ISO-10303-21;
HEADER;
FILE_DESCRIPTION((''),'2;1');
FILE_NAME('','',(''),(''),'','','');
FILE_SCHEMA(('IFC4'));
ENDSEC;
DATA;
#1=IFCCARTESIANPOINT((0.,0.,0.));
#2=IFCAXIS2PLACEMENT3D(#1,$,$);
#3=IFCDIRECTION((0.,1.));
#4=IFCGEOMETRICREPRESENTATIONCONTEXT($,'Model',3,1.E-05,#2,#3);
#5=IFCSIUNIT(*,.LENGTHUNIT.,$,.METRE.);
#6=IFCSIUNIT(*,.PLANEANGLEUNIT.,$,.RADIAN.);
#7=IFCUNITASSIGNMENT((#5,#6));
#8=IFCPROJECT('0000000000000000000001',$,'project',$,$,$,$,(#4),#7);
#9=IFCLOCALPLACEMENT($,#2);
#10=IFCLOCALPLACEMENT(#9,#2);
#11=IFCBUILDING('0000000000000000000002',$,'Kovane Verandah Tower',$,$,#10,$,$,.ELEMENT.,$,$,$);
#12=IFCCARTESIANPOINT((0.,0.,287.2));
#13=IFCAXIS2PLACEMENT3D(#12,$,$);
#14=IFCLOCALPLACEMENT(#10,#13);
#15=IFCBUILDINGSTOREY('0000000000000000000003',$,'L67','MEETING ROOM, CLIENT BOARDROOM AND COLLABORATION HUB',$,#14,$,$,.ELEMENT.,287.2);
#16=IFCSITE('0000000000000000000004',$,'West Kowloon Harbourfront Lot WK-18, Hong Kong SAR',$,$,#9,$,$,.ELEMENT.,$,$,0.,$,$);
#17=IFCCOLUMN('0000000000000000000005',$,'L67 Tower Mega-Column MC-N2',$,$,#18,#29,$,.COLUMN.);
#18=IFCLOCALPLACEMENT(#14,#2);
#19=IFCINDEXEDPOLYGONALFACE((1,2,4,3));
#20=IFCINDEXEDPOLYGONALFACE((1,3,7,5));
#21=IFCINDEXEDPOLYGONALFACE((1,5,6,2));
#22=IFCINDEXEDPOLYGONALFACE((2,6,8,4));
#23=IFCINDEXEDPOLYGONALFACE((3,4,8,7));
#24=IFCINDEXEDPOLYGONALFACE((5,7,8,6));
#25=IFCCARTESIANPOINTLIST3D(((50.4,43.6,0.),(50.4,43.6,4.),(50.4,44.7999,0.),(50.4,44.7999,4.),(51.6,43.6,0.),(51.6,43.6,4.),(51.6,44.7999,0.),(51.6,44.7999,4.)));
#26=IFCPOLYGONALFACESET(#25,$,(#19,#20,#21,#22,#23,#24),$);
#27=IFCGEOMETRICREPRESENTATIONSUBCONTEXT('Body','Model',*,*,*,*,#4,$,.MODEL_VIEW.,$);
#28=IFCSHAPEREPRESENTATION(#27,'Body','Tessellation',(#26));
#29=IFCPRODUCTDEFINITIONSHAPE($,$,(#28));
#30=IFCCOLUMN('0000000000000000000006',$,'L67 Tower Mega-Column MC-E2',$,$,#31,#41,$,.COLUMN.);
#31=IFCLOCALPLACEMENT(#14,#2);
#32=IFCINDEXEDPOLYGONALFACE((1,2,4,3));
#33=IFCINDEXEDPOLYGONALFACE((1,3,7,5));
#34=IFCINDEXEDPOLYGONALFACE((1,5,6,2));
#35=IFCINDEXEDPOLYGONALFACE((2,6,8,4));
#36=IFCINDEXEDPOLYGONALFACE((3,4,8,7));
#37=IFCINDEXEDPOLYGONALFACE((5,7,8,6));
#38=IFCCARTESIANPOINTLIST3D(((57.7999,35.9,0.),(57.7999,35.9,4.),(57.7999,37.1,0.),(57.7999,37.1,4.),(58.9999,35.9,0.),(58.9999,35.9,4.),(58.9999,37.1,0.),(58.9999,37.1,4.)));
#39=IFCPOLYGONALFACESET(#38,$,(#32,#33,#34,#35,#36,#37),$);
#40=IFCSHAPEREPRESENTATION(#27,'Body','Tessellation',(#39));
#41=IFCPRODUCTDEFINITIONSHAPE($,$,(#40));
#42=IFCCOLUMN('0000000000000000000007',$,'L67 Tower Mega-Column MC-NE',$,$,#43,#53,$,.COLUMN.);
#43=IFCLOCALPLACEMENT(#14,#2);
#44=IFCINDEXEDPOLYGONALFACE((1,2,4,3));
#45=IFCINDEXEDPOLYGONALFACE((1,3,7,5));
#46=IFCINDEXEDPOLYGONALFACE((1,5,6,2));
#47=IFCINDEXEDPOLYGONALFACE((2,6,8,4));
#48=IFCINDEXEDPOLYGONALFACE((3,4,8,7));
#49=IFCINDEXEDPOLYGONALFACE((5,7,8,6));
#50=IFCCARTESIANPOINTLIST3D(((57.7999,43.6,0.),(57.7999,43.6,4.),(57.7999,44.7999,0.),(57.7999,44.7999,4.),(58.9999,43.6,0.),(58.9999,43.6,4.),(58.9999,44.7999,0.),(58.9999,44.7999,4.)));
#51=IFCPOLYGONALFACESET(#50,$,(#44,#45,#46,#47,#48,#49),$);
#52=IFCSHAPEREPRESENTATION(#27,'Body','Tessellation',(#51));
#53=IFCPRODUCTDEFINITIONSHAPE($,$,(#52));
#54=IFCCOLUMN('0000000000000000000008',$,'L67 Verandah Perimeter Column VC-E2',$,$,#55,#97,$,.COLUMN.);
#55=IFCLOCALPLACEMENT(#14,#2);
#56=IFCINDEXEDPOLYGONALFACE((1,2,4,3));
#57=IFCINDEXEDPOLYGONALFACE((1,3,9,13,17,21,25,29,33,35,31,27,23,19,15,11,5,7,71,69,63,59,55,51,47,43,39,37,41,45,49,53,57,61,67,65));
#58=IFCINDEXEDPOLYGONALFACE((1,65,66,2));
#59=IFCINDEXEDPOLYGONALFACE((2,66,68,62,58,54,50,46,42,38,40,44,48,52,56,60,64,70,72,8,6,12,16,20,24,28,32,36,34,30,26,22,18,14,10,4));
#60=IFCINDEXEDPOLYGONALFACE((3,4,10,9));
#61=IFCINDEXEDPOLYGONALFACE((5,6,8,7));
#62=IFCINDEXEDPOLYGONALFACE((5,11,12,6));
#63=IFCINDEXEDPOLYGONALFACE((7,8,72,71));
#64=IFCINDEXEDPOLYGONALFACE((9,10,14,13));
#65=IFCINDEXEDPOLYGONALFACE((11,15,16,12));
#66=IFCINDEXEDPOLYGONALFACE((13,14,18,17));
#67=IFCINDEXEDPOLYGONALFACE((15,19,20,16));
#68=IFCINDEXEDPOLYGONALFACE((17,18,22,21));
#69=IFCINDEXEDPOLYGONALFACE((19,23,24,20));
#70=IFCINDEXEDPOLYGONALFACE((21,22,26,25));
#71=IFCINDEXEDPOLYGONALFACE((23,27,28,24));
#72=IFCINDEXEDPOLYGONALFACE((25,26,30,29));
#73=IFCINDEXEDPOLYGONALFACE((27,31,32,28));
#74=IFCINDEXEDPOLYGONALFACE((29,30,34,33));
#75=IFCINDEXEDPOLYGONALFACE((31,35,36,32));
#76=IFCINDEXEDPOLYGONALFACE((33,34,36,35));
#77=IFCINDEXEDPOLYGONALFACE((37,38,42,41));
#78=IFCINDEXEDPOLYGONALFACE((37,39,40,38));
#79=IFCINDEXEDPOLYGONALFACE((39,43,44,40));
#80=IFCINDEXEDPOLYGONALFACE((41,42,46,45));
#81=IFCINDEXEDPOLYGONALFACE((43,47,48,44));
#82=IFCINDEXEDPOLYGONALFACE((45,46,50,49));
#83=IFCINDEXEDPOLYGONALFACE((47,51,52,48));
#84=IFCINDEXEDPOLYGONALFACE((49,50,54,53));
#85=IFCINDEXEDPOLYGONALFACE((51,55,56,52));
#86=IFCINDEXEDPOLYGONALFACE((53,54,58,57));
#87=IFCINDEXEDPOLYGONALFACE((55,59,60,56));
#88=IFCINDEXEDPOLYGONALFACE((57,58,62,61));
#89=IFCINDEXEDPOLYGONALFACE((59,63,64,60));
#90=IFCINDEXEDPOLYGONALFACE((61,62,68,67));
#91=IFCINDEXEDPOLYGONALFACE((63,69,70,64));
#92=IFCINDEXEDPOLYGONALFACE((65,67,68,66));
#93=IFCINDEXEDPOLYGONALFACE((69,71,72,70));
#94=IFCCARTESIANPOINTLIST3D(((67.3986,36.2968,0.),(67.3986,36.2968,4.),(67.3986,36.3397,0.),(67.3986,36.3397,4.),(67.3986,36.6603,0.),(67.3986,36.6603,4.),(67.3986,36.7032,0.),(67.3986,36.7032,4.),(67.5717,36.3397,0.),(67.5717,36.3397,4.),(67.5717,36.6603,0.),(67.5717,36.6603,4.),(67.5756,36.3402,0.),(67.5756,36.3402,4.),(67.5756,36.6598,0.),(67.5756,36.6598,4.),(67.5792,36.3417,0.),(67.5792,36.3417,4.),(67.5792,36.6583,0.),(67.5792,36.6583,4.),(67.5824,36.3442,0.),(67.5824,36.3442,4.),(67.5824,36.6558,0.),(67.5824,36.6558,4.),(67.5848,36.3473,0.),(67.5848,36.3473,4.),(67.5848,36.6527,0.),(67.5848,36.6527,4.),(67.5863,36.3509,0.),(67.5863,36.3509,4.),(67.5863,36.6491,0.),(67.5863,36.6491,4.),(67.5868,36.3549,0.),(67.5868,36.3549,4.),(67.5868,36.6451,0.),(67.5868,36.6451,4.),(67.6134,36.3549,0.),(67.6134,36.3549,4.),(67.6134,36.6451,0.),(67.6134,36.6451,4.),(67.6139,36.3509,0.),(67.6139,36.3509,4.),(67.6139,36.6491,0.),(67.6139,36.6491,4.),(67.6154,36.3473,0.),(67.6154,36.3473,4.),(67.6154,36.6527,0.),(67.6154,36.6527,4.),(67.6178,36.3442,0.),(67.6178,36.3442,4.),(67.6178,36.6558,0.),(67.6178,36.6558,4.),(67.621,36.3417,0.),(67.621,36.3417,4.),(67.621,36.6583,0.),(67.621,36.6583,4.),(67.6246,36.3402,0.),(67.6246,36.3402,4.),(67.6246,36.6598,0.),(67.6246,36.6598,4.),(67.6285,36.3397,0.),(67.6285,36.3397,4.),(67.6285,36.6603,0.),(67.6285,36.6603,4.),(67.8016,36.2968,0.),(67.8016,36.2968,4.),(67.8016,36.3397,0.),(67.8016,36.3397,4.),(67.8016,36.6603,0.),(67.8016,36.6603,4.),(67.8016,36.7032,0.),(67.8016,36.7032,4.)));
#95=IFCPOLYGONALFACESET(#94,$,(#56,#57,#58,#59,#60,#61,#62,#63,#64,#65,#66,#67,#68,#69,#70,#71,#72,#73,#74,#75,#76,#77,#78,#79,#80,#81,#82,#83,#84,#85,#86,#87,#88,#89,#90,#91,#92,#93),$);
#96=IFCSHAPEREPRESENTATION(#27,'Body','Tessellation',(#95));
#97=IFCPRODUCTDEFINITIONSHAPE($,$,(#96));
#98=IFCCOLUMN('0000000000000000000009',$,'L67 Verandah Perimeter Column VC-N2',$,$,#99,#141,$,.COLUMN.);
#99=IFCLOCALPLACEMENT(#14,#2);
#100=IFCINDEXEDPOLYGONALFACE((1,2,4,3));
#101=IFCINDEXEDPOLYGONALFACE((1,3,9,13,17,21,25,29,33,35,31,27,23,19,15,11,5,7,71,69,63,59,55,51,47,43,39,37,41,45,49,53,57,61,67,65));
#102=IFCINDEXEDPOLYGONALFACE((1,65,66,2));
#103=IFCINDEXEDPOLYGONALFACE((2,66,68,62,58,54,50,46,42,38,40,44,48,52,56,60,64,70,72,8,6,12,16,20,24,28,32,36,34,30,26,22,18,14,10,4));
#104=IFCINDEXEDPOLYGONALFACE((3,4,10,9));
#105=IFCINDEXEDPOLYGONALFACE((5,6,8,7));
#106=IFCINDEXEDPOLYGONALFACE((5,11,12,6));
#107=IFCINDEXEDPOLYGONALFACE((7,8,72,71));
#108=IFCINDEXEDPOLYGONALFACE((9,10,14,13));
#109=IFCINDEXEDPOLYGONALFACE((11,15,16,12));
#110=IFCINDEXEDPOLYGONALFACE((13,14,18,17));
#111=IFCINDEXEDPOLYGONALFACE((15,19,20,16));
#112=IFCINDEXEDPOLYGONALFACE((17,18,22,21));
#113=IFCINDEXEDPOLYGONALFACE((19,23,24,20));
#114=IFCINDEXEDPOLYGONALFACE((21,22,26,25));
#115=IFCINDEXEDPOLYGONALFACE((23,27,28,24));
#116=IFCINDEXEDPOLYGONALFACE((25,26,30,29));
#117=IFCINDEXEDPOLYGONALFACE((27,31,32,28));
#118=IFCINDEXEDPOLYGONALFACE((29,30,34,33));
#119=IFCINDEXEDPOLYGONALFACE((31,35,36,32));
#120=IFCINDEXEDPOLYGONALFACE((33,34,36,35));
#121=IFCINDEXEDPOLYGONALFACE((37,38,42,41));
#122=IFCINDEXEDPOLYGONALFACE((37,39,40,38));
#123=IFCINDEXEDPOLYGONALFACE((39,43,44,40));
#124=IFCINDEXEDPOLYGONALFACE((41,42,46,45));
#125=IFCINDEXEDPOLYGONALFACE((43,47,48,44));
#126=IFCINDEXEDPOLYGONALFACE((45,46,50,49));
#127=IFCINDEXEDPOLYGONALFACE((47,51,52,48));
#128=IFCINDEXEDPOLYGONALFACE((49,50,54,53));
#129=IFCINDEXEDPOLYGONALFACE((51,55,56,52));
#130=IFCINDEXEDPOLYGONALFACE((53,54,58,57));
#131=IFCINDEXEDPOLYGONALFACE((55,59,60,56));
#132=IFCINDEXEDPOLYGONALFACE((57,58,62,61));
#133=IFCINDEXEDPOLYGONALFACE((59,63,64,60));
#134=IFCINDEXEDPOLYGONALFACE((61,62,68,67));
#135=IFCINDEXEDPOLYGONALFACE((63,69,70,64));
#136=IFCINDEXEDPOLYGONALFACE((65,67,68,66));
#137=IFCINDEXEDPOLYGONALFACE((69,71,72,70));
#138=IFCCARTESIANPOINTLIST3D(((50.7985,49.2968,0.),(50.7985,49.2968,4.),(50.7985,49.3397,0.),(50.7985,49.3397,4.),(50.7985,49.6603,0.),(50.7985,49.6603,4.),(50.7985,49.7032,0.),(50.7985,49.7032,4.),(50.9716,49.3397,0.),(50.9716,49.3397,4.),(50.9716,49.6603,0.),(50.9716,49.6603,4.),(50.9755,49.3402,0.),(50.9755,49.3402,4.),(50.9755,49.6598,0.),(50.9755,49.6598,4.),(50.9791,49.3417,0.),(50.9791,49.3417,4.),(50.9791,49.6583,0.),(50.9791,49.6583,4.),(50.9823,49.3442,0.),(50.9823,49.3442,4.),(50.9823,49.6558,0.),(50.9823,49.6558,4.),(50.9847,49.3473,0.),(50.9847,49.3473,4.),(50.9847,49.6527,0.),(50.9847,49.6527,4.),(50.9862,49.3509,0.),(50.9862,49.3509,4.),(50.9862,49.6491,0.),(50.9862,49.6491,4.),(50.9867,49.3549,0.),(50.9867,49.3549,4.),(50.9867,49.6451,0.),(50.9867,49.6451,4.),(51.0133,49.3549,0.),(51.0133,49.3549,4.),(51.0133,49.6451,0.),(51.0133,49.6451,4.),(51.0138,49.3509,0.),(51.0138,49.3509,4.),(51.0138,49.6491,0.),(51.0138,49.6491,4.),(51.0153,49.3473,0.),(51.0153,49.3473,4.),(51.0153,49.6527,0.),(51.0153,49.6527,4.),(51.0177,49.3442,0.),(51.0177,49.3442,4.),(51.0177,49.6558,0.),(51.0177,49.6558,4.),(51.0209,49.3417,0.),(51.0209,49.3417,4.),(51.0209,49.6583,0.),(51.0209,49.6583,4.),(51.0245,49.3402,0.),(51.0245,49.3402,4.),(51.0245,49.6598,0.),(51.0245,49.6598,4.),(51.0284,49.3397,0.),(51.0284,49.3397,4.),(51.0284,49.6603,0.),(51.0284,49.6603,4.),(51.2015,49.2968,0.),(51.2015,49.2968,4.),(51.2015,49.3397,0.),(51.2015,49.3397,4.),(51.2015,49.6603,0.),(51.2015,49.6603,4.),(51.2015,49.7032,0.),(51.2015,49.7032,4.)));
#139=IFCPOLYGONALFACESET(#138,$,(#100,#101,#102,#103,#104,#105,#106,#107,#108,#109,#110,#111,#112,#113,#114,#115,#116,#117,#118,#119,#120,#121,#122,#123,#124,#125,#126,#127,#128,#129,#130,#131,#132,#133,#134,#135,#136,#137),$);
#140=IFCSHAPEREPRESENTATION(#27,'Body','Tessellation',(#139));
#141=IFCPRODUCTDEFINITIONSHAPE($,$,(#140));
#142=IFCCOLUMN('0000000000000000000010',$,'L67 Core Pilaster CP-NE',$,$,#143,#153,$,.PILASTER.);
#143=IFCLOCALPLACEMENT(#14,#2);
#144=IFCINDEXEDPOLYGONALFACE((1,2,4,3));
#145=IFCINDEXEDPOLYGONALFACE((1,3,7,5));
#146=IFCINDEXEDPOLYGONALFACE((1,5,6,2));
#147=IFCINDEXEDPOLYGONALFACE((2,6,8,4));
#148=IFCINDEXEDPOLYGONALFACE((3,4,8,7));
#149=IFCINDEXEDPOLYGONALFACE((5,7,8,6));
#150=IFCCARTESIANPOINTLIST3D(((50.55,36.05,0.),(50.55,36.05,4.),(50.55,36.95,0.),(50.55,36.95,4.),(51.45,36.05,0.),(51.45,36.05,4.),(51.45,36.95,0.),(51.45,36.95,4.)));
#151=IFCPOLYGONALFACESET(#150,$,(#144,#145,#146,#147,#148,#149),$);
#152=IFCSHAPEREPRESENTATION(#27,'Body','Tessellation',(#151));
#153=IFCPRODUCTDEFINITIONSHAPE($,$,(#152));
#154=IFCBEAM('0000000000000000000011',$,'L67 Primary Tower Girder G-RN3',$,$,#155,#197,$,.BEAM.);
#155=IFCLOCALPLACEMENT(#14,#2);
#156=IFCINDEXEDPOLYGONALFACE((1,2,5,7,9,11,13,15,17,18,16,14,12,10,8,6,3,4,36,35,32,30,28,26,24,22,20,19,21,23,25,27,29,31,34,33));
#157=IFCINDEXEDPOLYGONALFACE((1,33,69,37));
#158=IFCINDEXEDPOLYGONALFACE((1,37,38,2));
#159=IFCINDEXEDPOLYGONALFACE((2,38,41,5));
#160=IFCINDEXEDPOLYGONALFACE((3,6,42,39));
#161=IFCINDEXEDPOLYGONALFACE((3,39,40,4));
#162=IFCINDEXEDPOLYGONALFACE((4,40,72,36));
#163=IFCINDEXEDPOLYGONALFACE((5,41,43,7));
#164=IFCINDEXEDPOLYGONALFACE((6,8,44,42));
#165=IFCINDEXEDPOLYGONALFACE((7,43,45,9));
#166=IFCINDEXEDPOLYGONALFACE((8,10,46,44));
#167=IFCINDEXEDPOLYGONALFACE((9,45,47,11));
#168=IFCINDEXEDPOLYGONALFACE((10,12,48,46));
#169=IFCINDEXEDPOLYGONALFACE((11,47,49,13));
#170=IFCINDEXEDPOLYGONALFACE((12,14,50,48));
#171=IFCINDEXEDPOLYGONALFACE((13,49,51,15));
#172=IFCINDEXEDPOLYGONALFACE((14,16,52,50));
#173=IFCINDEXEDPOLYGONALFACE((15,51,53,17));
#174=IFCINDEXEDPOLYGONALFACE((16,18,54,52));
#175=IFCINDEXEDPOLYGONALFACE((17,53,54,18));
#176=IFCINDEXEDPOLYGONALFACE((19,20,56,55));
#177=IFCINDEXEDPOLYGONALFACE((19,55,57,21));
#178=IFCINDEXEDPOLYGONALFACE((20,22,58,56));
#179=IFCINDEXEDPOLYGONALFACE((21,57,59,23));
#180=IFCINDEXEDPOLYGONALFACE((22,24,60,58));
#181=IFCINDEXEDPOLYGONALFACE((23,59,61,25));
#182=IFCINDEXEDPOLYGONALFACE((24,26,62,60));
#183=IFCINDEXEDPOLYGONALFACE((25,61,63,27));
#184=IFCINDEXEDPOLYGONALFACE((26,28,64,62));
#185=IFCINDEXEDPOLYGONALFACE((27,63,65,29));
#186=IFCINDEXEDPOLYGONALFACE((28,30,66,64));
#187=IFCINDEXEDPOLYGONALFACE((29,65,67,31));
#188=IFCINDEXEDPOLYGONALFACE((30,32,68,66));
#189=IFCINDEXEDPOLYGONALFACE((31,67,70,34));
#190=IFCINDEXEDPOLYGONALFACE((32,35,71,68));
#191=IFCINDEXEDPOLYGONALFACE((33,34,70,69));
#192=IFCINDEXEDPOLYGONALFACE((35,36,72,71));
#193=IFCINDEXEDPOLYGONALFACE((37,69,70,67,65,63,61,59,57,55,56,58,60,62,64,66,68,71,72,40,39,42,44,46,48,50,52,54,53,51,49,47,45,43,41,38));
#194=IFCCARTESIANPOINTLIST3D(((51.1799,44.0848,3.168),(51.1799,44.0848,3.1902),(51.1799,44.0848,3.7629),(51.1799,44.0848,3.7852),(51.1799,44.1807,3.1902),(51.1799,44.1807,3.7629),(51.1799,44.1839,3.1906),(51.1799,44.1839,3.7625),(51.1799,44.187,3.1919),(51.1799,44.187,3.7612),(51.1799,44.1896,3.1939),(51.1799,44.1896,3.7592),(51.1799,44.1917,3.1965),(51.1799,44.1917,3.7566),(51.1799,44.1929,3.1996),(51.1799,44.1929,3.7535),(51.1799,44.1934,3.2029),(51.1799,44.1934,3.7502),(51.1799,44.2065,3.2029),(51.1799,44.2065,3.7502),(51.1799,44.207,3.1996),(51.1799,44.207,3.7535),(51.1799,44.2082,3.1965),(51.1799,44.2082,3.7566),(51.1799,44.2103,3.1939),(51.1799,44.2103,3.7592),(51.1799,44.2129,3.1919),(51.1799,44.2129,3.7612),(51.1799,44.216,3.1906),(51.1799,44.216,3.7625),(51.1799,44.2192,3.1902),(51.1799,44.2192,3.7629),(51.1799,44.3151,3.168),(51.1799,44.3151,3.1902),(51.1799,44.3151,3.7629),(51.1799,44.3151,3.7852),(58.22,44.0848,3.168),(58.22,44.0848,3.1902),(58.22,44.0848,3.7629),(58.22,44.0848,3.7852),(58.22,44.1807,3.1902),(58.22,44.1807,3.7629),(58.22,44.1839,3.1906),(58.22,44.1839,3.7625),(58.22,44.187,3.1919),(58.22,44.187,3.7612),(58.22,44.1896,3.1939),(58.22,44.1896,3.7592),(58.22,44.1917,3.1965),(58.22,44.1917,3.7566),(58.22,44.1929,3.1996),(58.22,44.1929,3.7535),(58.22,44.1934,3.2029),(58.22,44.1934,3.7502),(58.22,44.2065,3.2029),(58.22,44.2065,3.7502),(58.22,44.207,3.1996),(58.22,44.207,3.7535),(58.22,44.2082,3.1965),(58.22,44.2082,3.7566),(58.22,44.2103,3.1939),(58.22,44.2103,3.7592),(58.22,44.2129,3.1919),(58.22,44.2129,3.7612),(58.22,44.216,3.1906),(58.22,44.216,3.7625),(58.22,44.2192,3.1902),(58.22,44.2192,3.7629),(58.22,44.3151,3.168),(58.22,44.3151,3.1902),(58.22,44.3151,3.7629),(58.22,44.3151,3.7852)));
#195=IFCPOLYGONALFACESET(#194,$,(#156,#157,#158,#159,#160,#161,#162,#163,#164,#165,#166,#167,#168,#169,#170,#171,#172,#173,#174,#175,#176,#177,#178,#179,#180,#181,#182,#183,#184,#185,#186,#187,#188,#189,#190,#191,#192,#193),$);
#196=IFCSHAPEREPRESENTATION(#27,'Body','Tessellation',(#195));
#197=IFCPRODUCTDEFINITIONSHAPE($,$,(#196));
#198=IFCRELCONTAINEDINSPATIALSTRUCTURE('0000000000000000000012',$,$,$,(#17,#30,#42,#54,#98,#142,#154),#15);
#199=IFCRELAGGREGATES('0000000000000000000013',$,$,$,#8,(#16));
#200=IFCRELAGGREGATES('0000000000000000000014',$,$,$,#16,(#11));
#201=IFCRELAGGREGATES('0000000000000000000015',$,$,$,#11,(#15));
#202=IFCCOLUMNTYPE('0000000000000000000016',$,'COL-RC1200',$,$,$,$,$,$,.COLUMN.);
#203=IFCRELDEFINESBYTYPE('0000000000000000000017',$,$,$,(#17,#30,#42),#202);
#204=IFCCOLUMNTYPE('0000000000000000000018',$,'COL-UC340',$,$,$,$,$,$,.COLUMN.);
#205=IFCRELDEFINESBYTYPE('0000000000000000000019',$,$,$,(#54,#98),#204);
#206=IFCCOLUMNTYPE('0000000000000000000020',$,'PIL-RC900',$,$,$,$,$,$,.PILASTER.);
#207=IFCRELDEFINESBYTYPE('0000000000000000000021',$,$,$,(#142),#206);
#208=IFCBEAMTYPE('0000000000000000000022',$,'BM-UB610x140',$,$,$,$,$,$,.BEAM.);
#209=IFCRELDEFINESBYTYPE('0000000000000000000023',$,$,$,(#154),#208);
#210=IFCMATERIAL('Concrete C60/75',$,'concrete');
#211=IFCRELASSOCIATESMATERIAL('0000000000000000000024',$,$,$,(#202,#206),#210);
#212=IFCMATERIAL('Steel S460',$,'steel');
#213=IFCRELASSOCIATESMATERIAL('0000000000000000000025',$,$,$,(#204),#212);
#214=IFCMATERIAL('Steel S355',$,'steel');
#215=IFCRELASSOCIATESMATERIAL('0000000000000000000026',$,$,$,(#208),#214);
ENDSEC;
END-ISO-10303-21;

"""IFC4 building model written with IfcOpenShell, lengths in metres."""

from ifc_helpers import new_model, si_unit, direction, frame, origin, origin_2d, place, context, subcontext, project, spatial, rectangle, i_section, extrude, material, material_profile, profile_set, type_object, element, save


model = new_model("IFC4")

# Units and contexts
model_context = context("Model", 3, precision=1e-05, world=origin(), true_north=direction((0.0, 1.0)))
body_context = subcontext(model_context, "Body", "Model", "MODEL_VIEW")
ifc_project = project(units=[si_unit("LENGTHUNIT", "METRE"), si_unit("PLANEANGLEUNIT", "RADIAN")], contexts=[model_context])

# Site, building, storey
site_placement = place(None, origin())
site = spatial("IfcSite", under=ifc_project, at=site_placement, Name="West Kowloon Harbourfront Lot WK-18, Hong Kong SAR", CompositionType="ELEMENT", RefElevation=0.0)
building_placement = place(site_placement, origin())
building = spatial("IfcBuilding", under=site, at=building_placement, Name="Kovane Verandah Tower", CompositionType="ELEMENT")
storey_placement = place(building_placement, frame((0.0, 0.0, 287.2)))
storey = spatial("IfcBuildingStorey", under=building, at=storey_placement, Name="L67", Description="MEETING ROOM, CLIENT BOARDROOM AND COLLABORATION HUB", CompositionType="ELEMENT", Elevation=287.2)

# Columns
ifc_material_1 = material(Name="Concrete C60/75", Category="concrete")
ifc_material_profile_1 = material_profile(ifc_material_1, rectangle(XDim=1.2, YDim=1.2, at=origin_2d()), Name="RC1200x1200")
ifc_profile_set_1 = profile_set([ifc_material_profile_1], Name="Concrete C60/75")
column_type_1 = type_object("IfcColumnType", Name="COL-RC1200", PredefinedType="COLUMN", material=ifc_profile_set_1)
for number, where, z_axis, x_axis, name in (
    (1, (51.0, 44.2, 0.0), (0.0, 0.0, 1.0), (1.0, 0.0, 0.0), "L67 Tower Mega-Column MC-N2"),
    (2, (58.3999, 36.5, 0.0), (0.0, 0.0, 1.0), (1.0, 0.0, 0.0), "L67 Tower Mega-Column MC-E2"),
    (3, (58.3999, 44.2, 0.0), (0.0, 0.0, 1.0), (1.0, 0.0, 0.0), "L67 Tower Mega-Column MC-NE"),
):
    element("IfcColumn", number, at=place(storey_placement, frame(where, z_axis=z_axis, x_axis=x_axis)), inside=storey, type_object=column_type_1, Name=name, PredefinedType="COLUMN", context=body_context, shape_type="SweptSolid", body=[
        extrude(rectangle(XDim=1.2, YDim=1.2, at=origin_2d()), origin(), (0.0, 0.0, 1.0), 4.0),
    ])
ifc_material_2 = material(Name="Steel S460", Category="steel")
ifc_material_profile_2 = material_profile(ifc_material_2, i_section(OverallWidth=0.4031, OverallDepth=0.4065, WebThickness=0.0266, FlangeThickness=0.043, FilletRadius=0.0151, at=origin_2d()), Name="UC356x406x340")
ifc_profile_set_2 = profile_set([ifc_material_profile_2], Name="Steel S460")
column_type_2 = type_object("IfcColumnType", Name="COL-UC340", PredefinedType="COLUMN", material=ifc_profile_set_2)
for number, where, z_axis, x_axis, name in (
    (4, (67.6001, 36.5, 0.0), (0.0, 0.0, 1.0), (1.0, 0.0, 0.0), "L67 Verandah Perimeter Column VC-E2"),
    (5, (51.0, 49.5, 0.0), (0.0, 0.0, 1.0), (1.0, 0.0, 0.0), "L67 Verandah Perimeter Column VC-N2"),
):
    element("IfcColumn", number, at=place(storey_placement, frame(where, z_axis=z_axis, x_axis=x_axis)), inside=storey, type_object=column_type_2, Name=name, PredefinedType="COLUMN", context=body_context, shape_type="SweptSolid", body=[
        extrude(i_section(OverallWidth=0.4031, OverallDepth=0.4065, WebThickness=0.0266, FlangeThickness=0.043, FilletRadius=0.0151, at=origin_2d()), origin(), (0.0, 0.0, 1.0), 4.0),
    ])
ifc_material_profile_3 = material_profile(ifc_material_1, rectangle(XDim=0.8999, YDim=0.8999, at=origin_2d()), Name="RC900x900")
ifc_profile_set_3 = profile_set([ifc_material_profile_3], Name="Concrete C60/75")
column_type_3 = type_object("IfcColumnType", Name="PIL-RC900", PredefinedType="PILASTER", material=ifc_profile_set_3)
column_placement = place(storey_placement, frame((51.0, 36.5, 0.0), z_axis=(0.0, 0.0, 1.0), x_axis=(1.0, 0.0, 0.0)))
element("IfcColumn", 6, at=column_placement, inside=storey, type_object=column_type_3, Name="L67 Core Pilaster CP-NE", PredefinedType="PILASTER", context=body_context, shape_type="SweptSolid", body=[
    extrude(rectangle(XDim=0.8999, YDim=0.8999, at=origin_2d()), origin(), (0.0, 0.0, 1.0), 4.0),
])

# Beam
ifc_material_3 = material(Name="Steel S355", Category="steel")
ifc_material_profile_4 = material_profile(ifc_material_3, i_section(OverallWidth=0.2302, OverallDepth=0.6172, WebThickness=0.0132, FlangeThickness=0.0222, FilletRadius=0.0127, at=origin_2d()), Name="UB610x229x140")
ifc_profile_set_4 = profile_set([ifc_material_profile_4], Name="Steel S355")
beam_type_1 = type_object("IfcBeamType", Name="BM-UB610x140", PredefinedType="BEAM", material=ifc_profile_set_4)
beam_1_placement = place(storey_placement, frame((51.1799, 44.2, 3.4766), z_axis=(1.0, 0.0, 0.0), x_axis=(0.0, 1.0, 0.0)))
element("IfcBeam", 7, at=beam_1_placement, inside=storey, type_object=beam_type_1, Name="L67 Primary Tower Girder G-RN3", PredefinedType="BEAM", context=body_context, shape_type="SweptSolid", body=[
    extrude(i_section(OverallWidth=0.2302, OverallDepth=0.6172, WebThickness=0.0132, FlangeThickness=0.0222, FilletRadius=0.0127, at=origin_2d()), origin(), (0.0, 0.0, 1.0), 7.04),
])

save(model, "model.ifc")
